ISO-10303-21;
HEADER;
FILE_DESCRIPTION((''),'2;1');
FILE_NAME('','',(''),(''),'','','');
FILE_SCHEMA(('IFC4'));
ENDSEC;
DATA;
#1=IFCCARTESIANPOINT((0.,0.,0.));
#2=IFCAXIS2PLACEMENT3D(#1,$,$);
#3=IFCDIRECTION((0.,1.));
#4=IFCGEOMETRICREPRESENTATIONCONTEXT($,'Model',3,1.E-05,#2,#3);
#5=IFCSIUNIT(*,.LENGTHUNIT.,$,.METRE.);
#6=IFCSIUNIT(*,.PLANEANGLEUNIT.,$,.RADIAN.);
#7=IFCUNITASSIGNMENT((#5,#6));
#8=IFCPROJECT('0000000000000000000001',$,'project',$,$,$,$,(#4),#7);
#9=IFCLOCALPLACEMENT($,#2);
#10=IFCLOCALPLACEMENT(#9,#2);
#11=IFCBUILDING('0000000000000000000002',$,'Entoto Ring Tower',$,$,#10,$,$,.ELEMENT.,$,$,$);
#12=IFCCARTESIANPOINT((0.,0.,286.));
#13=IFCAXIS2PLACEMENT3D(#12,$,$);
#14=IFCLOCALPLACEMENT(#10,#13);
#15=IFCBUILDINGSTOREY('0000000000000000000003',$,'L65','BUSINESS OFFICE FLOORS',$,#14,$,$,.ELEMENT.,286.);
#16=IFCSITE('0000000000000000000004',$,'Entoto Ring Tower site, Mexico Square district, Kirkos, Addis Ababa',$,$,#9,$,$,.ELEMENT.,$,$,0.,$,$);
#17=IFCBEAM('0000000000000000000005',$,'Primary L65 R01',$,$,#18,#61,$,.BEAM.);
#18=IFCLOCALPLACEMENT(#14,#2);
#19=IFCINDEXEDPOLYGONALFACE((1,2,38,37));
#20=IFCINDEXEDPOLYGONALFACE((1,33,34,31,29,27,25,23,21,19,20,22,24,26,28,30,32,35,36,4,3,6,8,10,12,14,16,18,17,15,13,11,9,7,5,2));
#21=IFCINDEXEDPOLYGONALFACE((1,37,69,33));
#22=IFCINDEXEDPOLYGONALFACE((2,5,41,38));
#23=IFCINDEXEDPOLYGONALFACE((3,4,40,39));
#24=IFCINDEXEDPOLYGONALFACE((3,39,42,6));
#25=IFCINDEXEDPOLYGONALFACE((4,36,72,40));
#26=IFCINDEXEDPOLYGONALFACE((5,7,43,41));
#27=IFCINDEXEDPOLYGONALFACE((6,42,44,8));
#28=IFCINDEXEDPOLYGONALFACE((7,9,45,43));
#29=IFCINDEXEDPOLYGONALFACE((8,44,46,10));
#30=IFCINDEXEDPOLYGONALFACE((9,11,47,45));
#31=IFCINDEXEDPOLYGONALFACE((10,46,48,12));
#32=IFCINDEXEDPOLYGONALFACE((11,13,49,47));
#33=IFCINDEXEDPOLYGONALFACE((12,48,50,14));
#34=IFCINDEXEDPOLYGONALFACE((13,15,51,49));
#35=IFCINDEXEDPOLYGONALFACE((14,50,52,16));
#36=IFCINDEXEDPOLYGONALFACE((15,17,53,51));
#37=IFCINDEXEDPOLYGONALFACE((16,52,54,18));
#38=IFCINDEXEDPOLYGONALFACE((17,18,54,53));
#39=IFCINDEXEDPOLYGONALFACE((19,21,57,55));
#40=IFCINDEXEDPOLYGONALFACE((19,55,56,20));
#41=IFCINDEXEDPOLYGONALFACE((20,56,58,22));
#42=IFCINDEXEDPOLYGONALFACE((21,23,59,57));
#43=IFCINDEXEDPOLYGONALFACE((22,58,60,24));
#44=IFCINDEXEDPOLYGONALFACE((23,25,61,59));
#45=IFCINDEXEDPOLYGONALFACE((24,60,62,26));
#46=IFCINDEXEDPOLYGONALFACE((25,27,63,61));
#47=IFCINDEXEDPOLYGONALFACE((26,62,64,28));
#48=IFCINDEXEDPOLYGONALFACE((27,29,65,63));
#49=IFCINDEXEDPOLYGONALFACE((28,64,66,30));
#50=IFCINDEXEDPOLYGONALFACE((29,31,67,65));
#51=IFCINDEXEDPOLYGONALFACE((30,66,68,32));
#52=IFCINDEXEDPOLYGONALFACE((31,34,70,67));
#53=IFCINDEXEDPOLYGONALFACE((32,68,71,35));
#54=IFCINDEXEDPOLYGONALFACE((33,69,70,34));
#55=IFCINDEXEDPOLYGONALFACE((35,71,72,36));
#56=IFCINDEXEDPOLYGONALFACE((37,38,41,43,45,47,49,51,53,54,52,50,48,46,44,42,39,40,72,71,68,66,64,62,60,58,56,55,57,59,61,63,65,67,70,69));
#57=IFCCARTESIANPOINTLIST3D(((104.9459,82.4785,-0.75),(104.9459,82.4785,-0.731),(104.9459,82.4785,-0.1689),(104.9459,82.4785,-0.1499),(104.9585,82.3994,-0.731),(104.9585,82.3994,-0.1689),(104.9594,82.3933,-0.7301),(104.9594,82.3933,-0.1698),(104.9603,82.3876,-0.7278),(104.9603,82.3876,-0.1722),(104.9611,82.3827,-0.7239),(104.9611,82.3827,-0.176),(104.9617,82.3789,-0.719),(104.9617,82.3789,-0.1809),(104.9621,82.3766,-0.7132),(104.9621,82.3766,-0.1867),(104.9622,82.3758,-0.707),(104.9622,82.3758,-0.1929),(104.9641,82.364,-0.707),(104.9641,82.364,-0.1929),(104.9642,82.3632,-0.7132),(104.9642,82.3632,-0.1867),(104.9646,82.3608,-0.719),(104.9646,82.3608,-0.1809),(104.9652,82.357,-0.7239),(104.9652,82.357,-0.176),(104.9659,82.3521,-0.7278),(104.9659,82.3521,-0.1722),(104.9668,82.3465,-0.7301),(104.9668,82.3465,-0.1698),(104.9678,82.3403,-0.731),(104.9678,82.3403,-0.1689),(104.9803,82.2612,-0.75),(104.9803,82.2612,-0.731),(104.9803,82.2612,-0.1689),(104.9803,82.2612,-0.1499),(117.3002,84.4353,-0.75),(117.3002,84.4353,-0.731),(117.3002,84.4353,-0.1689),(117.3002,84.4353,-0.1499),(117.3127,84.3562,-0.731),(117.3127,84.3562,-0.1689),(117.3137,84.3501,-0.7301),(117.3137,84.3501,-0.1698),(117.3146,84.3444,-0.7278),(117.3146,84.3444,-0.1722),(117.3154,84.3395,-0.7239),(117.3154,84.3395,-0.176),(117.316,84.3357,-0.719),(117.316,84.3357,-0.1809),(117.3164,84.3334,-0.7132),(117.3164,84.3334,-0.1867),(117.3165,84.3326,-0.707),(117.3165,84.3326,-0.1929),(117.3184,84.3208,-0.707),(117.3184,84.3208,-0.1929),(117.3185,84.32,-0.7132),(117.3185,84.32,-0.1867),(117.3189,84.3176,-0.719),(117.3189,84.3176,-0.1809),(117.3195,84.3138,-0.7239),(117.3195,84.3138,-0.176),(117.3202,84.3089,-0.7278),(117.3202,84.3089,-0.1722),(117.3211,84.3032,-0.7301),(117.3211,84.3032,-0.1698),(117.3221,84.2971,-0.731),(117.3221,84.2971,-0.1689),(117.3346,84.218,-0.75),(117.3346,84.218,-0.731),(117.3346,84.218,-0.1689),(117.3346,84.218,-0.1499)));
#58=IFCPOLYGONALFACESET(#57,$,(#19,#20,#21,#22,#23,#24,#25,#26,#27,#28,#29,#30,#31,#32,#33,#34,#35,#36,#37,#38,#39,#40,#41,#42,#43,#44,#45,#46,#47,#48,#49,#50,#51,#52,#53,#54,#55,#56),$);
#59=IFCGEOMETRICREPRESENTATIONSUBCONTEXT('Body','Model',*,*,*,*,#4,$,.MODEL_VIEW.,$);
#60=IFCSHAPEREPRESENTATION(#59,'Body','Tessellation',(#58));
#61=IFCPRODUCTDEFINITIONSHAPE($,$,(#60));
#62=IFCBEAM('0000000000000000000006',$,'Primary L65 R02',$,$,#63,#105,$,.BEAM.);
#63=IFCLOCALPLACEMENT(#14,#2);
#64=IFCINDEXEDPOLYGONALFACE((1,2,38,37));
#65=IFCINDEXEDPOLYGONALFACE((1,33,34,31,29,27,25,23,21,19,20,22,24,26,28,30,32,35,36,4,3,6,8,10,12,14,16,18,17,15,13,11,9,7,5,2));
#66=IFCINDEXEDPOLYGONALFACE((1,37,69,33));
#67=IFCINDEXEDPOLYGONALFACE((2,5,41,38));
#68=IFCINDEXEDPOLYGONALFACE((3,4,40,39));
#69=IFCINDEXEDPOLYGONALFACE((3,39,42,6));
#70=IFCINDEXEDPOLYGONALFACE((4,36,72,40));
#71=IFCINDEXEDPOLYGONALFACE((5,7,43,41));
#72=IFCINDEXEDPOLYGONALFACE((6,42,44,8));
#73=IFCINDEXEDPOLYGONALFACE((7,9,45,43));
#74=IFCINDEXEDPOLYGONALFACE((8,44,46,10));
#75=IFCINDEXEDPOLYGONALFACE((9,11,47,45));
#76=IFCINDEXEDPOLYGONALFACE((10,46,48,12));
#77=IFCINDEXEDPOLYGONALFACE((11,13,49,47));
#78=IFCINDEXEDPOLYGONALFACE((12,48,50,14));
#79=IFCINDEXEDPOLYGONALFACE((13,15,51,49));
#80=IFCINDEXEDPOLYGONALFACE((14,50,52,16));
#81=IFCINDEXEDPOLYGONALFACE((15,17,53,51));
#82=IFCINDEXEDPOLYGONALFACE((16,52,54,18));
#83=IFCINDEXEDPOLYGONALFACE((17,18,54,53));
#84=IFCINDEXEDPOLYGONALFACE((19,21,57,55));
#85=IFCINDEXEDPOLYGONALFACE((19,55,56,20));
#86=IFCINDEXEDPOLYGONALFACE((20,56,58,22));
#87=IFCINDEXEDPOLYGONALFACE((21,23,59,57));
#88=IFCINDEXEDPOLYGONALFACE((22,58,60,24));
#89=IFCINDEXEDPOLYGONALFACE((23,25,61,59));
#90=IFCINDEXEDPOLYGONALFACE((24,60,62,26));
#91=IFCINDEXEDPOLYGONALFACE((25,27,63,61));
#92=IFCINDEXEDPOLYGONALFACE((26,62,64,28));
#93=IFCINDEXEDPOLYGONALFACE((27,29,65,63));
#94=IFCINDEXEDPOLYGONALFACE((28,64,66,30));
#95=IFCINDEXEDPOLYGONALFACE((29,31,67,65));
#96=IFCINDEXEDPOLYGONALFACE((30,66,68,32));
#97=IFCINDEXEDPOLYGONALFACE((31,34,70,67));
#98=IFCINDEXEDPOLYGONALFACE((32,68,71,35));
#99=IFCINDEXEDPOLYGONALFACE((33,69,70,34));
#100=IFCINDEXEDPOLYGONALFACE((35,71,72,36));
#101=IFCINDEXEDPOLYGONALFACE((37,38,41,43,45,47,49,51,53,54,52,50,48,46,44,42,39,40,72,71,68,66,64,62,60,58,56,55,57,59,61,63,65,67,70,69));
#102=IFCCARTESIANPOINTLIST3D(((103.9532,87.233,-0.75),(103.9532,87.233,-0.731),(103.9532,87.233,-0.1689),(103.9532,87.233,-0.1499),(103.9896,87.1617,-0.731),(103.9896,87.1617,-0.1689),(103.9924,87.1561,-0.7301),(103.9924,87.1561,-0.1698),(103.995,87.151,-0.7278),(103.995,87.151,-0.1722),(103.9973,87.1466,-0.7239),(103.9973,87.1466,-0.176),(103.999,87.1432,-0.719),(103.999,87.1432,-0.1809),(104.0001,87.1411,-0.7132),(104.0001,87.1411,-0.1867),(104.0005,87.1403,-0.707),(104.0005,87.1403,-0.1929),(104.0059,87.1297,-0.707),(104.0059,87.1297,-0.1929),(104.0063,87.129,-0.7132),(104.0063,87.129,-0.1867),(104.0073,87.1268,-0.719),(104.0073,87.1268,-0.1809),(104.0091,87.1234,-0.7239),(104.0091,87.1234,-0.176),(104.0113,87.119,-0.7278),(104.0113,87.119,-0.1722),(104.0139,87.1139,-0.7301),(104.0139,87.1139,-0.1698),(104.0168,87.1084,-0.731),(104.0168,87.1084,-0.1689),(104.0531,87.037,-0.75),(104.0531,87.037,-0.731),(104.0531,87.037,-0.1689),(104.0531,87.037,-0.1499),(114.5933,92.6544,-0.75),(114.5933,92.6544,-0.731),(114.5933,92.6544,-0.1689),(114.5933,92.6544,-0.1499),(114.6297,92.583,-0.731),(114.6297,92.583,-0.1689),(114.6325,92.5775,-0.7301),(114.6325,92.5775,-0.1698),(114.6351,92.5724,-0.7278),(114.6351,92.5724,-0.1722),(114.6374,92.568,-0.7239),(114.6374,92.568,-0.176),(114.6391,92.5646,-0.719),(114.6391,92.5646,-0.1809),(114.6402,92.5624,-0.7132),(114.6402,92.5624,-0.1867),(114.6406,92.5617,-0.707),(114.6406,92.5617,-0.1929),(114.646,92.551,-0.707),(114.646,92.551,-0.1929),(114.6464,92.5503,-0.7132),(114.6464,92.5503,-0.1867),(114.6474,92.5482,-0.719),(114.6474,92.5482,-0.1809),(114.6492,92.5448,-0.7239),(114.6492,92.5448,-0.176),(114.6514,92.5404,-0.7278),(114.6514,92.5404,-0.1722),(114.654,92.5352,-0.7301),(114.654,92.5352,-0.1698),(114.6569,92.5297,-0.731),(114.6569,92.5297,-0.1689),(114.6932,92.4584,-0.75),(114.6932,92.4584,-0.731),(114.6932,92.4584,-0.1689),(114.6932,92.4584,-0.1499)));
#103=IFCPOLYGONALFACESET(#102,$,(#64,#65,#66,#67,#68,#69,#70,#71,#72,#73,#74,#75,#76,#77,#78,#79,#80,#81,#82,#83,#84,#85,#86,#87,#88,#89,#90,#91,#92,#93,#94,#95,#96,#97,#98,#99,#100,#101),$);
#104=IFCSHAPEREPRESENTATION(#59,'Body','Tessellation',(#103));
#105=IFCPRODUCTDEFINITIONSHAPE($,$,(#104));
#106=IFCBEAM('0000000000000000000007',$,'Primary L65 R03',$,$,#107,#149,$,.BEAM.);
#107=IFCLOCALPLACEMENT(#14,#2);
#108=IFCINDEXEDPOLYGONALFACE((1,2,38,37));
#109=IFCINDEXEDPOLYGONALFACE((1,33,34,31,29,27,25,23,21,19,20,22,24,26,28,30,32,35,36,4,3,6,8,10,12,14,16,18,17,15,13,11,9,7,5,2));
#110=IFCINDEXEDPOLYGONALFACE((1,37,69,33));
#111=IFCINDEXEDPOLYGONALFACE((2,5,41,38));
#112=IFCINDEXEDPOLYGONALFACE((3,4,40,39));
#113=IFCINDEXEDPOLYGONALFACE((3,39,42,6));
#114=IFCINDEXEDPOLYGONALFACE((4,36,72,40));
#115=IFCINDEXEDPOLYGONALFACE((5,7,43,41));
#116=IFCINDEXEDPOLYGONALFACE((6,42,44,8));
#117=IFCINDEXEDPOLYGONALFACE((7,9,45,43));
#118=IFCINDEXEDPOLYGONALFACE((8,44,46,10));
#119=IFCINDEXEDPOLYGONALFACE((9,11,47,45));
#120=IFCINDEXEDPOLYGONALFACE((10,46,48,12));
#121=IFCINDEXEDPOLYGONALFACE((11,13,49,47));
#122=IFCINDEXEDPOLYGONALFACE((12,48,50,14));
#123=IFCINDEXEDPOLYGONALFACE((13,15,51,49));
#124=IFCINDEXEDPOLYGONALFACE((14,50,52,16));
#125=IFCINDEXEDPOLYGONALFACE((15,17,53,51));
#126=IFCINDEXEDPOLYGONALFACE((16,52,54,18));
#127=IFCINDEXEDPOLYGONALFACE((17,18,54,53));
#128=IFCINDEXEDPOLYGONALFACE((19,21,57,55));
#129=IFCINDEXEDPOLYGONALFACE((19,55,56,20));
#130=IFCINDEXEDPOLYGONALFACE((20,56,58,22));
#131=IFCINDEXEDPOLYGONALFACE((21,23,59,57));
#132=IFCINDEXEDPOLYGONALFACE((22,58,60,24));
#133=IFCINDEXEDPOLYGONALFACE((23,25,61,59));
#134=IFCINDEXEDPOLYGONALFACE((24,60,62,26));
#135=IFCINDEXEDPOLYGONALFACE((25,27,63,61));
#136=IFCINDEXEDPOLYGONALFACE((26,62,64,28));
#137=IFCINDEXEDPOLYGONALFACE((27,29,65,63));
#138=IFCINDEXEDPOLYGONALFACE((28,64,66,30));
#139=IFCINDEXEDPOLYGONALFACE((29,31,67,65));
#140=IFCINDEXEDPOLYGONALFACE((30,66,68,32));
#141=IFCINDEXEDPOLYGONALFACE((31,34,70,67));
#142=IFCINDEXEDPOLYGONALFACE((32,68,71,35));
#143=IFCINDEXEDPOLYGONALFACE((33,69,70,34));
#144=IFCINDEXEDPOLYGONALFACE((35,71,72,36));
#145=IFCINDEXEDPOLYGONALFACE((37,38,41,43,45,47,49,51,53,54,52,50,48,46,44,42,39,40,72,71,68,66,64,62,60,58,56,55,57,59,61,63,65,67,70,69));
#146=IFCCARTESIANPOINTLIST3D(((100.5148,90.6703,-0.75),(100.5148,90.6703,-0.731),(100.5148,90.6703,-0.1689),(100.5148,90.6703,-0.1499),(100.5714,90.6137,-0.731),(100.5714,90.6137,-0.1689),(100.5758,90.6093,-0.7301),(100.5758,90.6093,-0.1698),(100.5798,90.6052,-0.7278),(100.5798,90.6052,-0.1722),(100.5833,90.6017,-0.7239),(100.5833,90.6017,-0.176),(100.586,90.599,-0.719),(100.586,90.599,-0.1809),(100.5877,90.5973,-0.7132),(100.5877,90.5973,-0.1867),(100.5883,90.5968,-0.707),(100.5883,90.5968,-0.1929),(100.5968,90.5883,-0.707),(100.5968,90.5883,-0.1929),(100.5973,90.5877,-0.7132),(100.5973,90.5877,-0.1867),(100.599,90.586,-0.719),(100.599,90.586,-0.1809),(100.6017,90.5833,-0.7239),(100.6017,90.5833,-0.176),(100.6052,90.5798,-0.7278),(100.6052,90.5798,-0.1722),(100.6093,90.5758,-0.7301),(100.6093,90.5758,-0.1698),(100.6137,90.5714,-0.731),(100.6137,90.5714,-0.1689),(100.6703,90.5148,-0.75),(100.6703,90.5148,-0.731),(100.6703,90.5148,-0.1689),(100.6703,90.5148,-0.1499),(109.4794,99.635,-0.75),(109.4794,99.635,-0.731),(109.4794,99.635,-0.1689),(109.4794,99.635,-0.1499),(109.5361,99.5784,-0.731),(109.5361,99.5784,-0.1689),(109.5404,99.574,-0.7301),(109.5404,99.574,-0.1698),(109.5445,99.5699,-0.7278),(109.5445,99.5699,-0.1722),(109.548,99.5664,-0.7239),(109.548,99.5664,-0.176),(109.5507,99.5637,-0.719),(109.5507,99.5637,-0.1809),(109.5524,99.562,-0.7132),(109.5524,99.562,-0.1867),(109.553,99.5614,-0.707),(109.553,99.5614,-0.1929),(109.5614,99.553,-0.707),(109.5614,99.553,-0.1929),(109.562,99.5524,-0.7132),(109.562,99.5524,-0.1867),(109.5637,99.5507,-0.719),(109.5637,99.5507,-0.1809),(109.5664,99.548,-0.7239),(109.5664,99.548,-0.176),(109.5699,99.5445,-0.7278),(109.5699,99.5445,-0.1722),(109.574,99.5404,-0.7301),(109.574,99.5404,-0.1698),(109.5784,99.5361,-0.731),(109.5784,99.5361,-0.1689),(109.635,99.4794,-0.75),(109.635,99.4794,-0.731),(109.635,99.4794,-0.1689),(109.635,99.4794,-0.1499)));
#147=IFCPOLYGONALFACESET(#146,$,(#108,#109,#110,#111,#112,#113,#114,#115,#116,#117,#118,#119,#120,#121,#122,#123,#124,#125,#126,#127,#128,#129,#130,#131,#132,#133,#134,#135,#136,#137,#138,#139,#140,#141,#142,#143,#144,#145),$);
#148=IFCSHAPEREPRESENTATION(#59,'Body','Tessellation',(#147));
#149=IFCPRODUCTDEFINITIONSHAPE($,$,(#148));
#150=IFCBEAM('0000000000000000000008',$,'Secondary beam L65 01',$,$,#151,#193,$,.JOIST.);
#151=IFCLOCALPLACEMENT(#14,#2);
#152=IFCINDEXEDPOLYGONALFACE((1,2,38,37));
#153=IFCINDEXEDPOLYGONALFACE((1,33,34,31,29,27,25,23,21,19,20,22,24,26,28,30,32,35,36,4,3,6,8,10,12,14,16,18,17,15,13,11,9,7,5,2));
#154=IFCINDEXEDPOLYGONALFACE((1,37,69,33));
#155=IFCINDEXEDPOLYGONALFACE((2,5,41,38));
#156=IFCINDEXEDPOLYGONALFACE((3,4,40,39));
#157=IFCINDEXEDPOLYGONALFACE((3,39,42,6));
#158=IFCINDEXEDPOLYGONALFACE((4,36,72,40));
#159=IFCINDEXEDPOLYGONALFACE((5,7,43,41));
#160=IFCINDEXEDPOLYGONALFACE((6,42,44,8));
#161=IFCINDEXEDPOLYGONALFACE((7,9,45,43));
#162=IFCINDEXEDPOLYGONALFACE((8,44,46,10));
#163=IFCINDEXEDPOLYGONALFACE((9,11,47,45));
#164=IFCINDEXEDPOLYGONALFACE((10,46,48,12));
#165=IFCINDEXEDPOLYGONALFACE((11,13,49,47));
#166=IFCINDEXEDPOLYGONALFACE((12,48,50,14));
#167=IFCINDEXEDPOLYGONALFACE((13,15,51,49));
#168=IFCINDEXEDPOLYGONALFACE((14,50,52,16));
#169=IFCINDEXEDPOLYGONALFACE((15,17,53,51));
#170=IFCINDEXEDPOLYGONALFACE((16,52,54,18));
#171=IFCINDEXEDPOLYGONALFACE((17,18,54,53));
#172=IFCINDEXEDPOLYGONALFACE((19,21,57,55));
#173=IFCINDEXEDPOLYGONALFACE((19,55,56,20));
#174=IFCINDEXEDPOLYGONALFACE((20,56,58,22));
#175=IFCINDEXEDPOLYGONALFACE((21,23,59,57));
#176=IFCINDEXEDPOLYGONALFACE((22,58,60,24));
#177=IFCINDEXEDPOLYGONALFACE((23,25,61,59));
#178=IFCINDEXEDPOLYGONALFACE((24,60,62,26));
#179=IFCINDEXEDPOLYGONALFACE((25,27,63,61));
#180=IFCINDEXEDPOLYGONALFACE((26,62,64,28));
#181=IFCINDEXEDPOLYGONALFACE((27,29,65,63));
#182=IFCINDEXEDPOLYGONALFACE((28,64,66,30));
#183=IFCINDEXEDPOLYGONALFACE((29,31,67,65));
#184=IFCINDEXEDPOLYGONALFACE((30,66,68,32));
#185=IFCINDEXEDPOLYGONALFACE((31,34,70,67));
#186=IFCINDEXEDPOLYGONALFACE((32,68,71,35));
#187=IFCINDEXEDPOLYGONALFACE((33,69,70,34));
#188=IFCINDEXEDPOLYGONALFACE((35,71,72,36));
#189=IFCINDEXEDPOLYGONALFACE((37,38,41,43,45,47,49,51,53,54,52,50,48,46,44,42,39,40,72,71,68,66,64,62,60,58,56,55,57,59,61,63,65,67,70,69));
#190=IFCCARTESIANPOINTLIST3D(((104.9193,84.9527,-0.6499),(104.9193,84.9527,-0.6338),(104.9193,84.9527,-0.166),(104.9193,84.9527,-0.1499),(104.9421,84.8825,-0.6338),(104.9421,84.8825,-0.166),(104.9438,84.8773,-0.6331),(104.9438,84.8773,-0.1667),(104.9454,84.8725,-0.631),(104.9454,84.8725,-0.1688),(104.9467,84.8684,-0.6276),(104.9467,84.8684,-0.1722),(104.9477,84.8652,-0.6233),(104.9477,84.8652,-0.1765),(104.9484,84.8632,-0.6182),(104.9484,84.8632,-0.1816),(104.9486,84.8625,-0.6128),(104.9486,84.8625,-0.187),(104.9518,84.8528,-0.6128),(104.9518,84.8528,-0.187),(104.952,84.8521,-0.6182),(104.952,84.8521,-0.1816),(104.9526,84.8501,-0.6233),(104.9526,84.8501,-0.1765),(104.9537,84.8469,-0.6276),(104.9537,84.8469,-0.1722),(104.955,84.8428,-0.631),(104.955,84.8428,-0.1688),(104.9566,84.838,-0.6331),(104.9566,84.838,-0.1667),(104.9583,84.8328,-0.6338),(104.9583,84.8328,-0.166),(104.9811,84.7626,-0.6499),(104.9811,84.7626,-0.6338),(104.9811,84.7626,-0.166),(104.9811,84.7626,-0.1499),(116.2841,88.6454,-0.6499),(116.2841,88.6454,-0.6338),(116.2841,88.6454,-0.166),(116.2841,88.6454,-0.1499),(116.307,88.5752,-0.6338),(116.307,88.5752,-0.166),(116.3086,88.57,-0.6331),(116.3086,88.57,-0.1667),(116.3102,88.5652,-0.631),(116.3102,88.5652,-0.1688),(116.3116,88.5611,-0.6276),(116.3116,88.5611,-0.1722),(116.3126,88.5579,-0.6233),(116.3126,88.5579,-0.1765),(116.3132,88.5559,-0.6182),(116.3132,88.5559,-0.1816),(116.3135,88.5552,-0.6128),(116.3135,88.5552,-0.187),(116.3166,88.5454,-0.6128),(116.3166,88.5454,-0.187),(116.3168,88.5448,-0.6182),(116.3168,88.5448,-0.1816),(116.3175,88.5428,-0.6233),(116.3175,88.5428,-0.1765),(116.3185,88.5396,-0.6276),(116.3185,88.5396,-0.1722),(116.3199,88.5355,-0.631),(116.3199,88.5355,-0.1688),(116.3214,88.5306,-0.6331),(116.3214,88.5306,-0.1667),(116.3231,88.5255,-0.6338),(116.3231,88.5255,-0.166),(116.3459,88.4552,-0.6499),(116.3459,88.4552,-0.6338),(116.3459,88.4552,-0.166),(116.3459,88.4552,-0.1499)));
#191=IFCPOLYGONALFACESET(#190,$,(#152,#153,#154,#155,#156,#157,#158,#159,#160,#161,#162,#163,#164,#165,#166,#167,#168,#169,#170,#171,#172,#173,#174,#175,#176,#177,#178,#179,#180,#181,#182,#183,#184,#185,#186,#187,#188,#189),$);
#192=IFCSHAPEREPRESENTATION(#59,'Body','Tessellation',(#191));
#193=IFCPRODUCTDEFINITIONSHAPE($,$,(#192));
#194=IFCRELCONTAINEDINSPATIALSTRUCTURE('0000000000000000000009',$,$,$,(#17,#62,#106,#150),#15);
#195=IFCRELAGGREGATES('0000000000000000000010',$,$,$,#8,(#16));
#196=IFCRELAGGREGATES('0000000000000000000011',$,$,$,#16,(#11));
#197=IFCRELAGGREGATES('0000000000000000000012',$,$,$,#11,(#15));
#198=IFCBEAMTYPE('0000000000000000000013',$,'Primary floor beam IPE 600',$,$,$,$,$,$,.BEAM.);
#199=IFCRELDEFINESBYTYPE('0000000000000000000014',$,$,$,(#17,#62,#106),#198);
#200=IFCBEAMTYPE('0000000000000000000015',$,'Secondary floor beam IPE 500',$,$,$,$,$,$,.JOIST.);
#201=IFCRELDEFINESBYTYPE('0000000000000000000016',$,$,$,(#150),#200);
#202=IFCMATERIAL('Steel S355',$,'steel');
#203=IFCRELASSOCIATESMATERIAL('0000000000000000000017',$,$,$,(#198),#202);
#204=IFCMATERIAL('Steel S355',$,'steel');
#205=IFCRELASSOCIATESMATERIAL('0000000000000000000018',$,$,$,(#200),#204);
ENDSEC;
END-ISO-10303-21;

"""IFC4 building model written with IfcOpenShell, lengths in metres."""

from ifc_helpers import new_model, si_unit, direction, frame, origin, origin_2d, place, context, subcontext, project, spatial, i_section, extrude, material, material_profile, profile_set, type_object, element, save


model = new_model("IFC4")

# Units and contexts
model_context = context("Model", 3, precision=1e-05, world=origin(), true_north=direction((0.0, 1.0)))
body_context = subcontext(model_context, "Body", "Model", "MODEL_VIEW")
ifc_project = project(units=[si_unit("LENGTHUNIT", "METRE"), si_unit("PLANEANGLEUNIT", "RADIAN")], contexts=[model_context])

# Site, building, storey
site_placement = place(None, origin())
site = spatial("IfcSite", under=ifc_project, at=site_placement, Name="Entoto Ring Tower site, Mexico Square district, Kirkos, Addis Ababa", CompositionType="ELEMENT", RefElevation=0.0)
building_placement = place(site_placement, origin())
building = spatial("IfcBuilding", under=site, at=building_placement, Name="Entoto Ring Tower", CompositionType="ELEMENT")
storey_placement = place(building_placement, frame((0.0, 0.0, 286.0)))
storey = spatial("IfcBuildingStorey", under=building, at=storey_placement, Name="L65", Description="BUSINESS OFFICE FLOORS", CompositionType="ELEMENT", Elevation=286.0)

# Beams
ifc_material_1 = material(Name="Steel S355", Category="steel")
ifc_material_profile_1 = material_profile(ifc_material_1, i_section(OverallWidth=0.22, OverallDepth=0.6001, WebThickness=0.012, FlangeThickness=0.019, FilletRadius=0.0239, at=origin_2d()), Name="IPE 600")
ifc_profile_set_1 = profile_set([ifc_material_profile_1], Name="Steel S355")
beam_type_1 = type_object("IfcBeamType", Name="Primary floor beam IPE 600", PredefinedType="BEAM", material=ifc_profile_set_1)
beam_1_placement = place(storey_placement, frame((104.9631, 82.3699, -0.45), z_axis=(0.987688, 0.15644, 0.0), x_axis=(-0.15644, 0.987688, 0.0)))
element("IfcBeam", 1, at=beam_1_placement, inside=storey, type_object=beam_type_1, Name="Primary L65 R01", PredefinedType="BEAM", context=body_context, shape_type="SweptSolid", body=[
    extrude(i_section(OverallWidth=0.22, OverallDepth=0.6001, WebThickness=0.012, FlangeThickness=0.019, FilletRadius=0.0239, at=origin_2d()), origin(), (0.0, 0.0, 1.0), 12.5083),
])
beam_2_placement = place(storey_placement, frame((104.0032, 87.135, -0.45), z_axis=(0.891008, 0.453988, 0.0), x_axis=(-0.453988, 0.891008, 0.0)))
element("IfcBeam", 2, at=beam_2_placement, inside=storey, type_object=beam_type_1, Name="Primary L65 R02", PredefinedType="BEAM", context=body_context, shape_type="SweptSolid", body=[
    extrude(i_section(OverallWidth=0.22, OverallDepth=0.6001, WebThickness=0.012, FlangeThickness=0.019, FilletRadius=0.0239, at=origin_2d()), origin(), (0.0, 0.0, 1.0), 11.9417),
])
beam_3_placement = place(storey_placement, frame((100.5925, 90.5925, -0.45), z_axis=(0.707107, 0.707107, 0.0), x_axis=(-0.707107, 0.707107, 0.0)))
element("IfcBeam", 3, at=beam_3_placement, inside=storey, type_object=beam_type_1, Name="Primary L65 R03", PredefinedType="BEAM", context=body_context, shape_type="SweptSolid", body=[
    extrude(i_section(OverallWidth=0.22, OverallDepth=0.6001, WebThickness=0.012, FlangeThickness=0.019, FilletRadius=0.0239, at=origin_2d()), origin(), (0.0, 0.0, 1.0), 12.678),
])
ifc_material_2 = material(Name="Steel S355", Category="steel")
ifc_material_profile_2 = material_profile(ifc_material_2, i_section(OverallWidth=0.2, OverallDepth=0.5, WebThickness=0.0103, FlangeThickness=0.0161, FilletRadius=0.021, at=origin_2d()), Name="IPE 500")
ifc_profile_set_2 = profile_set([ifc_material_profile_2], Name="Steel S355")
beam_type_2 = type_object("IfcBeamType", Name="Secondary floor beam IPE 500", PredefinedType="JOIST", material=ifc_profile_set_2)
beam_4_placement = place(storey_placement, frame((104.9502, 84.8577, -0.3999), z_axis=(0.951057, 0.309017, 0.0), x_axis=(-0.309017, 0.951057, 0.0)))
element("IfcBeam", 4, at=beam_4_placement, inside=storey, type_object=beam_type_2, Name="Secondary beam L65 01", PredefinedType="JOIST", context=body_context, shape_type="SweptSolid", body=[
    extrude(i_section(OverallWidth=0.2, OverallDepth=0.5, WebThickness=0.0103, FlangeThickness=0.0161, FilletRadius=0.021, at=origin_2d()), origin(), (0.0, 0.0, 1.0), 11.9497),
])

save(model, "model.ifc")
